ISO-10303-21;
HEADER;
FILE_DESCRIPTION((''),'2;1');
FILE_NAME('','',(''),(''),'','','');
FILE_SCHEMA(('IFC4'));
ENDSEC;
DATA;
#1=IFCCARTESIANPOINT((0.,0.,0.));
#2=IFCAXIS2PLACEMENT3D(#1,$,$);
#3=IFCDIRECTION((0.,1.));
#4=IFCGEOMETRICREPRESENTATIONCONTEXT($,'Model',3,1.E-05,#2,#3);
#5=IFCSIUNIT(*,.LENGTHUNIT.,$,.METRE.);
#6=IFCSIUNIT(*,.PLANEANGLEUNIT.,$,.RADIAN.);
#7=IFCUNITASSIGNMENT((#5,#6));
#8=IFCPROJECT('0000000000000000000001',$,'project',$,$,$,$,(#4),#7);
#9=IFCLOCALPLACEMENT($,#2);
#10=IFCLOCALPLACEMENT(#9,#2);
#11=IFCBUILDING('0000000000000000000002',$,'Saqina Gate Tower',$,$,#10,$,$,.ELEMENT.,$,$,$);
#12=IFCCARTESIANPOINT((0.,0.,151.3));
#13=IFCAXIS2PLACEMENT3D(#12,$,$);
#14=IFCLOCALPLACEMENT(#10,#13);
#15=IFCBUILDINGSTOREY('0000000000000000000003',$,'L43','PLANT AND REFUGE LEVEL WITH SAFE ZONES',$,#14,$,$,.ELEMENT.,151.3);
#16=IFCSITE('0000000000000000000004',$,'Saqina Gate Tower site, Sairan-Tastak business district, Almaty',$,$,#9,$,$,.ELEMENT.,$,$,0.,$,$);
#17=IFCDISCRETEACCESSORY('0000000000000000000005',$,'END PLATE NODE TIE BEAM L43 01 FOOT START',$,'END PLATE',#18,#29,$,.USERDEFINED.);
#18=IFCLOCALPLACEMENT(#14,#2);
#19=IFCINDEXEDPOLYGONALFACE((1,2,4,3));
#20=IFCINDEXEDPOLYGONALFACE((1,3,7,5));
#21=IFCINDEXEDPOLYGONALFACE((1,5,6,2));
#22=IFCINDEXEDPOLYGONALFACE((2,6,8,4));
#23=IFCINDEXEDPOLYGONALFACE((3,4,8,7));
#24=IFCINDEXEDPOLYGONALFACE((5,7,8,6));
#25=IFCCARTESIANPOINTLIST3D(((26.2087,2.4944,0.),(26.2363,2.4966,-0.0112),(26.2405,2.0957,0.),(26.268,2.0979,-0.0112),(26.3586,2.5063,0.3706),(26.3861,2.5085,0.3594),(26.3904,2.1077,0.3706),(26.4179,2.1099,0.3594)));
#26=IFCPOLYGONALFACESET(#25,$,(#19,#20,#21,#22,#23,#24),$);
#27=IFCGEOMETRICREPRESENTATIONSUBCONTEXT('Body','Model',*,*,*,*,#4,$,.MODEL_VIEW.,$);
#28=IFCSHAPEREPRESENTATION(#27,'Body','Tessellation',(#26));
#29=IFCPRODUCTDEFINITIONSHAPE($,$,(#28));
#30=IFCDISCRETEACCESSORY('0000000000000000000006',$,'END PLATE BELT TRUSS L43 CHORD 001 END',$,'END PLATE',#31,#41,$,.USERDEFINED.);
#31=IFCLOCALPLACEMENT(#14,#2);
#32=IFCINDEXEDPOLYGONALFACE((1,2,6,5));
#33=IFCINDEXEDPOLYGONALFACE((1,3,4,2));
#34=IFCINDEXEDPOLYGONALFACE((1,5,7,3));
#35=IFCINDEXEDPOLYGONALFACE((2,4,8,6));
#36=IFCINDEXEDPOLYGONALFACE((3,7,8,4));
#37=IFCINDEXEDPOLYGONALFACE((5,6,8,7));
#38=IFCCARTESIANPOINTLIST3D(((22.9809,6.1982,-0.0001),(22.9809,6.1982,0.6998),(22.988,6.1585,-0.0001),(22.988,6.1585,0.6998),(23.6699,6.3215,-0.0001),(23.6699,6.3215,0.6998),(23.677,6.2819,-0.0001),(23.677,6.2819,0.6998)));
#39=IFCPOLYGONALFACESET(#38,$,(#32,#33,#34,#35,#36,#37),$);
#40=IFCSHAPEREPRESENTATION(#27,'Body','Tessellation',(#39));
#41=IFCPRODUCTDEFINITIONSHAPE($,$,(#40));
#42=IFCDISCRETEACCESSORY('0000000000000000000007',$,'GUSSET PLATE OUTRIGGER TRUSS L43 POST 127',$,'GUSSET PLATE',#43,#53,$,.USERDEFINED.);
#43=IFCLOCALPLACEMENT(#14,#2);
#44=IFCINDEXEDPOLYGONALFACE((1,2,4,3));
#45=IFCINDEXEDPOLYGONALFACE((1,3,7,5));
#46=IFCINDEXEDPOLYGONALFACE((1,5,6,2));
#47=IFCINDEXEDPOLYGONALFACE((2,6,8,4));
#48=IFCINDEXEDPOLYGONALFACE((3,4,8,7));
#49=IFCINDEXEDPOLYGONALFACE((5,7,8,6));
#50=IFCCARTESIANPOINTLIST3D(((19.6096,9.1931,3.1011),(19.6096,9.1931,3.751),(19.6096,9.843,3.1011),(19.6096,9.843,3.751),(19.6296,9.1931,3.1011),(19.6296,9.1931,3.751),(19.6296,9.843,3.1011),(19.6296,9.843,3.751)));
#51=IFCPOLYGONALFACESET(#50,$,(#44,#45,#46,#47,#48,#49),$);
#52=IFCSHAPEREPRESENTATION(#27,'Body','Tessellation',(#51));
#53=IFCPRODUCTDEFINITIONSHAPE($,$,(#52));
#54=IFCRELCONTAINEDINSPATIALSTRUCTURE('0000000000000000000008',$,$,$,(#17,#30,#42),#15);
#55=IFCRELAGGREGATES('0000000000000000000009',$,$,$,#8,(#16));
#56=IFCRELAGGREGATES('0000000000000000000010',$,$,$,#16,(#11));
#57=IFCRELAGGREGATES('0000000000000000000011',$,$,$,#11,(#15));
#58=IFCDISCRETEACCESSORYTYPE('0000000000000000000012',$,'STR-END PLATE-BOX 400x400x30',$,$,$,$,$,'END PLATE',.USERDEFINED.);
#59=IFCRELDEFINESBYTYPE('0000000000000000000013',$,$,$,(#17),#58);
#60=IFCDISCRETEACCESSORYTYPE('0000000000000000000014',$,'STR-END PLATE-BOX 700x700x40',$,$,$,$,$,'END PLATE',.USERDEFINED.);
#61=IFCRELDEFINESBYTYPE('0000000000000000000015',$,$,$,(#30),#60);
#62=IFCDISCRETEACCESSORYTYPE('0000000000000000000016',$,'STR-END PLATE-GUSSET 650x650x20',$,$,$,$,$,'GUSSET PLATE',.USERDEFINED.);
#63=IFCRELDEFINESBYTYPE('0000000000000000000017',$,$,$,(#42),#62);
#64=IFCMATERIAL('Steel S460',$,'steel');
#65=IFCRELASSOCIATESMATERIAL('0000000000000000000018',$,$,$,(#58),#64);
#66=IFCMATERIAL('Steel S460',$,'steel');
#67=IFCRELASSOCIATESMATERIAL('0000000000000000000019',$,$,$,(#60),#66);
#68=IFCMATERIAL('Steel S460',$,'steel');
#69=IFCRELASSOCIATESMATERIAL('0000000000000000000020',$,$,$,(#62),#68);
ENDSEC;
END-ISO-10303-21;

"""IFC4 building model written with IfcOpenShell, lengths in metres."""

from ifc_helpers import new_model, si_unit, direction, frame, origin, origin_2d, place, context, subcontext, project, spatial, rectangle, extrude, material, material_profile, profile_set, type_object, element, save


model = new_model("IFC4")

# Units and contexts
model_context = context("Model", 3, precision=1e-05, world=origin(), true_north=direction((0.0, 1.0)))
body_context = subcontext(model_context, "Body", "Model", "MODEL_VIEW")
ifc_project = project(units=[si_unit("LENGTHUNIT", "METRE"), si_unit("PLANEANGLEUNIT", "RADIAN")], contexts=[model_context])

# Site, building, storey
site_placement = place(None, origin())
site = spatial("IfcSite", under=ifc_project, at=site_placement, Name="Saqina Gate Tower site, Sairan-Tastak business district, Almaty", CompositionType="ELEMENT", RefElevation=0.0)
building_placement = place(site_placement, origin())
building = spatial("IfcBuilding", under=site, at=building_placement, Name="Saqina Gate Tower", CompositionType="ELEMENT")
storey_placement = place(building_placement, frame((0.0, 0.0, 151.3)))
storey = spatial("IfcBuildingStorey", under=building, at=storey_placement, Name="L43", Description="PLANT AND REFUGE LEVEL WITH SAFE ZONES", CompositionType="ELEMENT", Elevation=151.3)

# Discrete accessories
ifc_material_1 = material(Name="Steel S460", Category="steel")
ifc_material_profile_1 = material_profile(ifc_material_1, rectangle(XDim=0.3999, YDim=0.3999, at=origin_2d()), Name="STR-END PLATE-BOX 400x400x30")
ifc_profile_set_1 = profile_set([ifc_material_profile_1], Name="Steel S460")
discrete_accessory_type_1 = type_object("IfcDiscreteAccessoryType", Name="STR-END PLATE-BOX 400x400x30", ElementType="END PLATE", PredefinedType="USERDEFINED", material=ifc_profile_set_1)
discrete_accessory_1_placement = place(storey_placement, frame((26.2996, 2.301, 0.1853), z_axis=(0.923689, 0.073568, -0.376015), x_axis=(0.079395, -0.996843, 0.0)))
element("IfcDiscreteAccessory", 1, at=discrete_accessory_1_placement, inside=storey, type_object=discrete_accessory_type_1, Name="END PLATE NODE TIE BEAM L43 01 FOOT START", ObjectType="END PLATE", PredefinedType="USERDEFINED", context=body_context, shape_type="SweptSolid", body=[
    extrude(rectangle(XDim=0.3999, YDim=0.3999, at=origin_2d()), origin(), (0.0, 0.0, 1.0), 0.0298),
])
ifc_material_2 = material(Name="Steel S460", Category="steel")
ifc_material_profile_2 = material_profile(ifc_material_2, rectangle(XDim=0.7, YDim=0.7, at=origin_2d()), Name="STR-END PLATE-BOX 700x700x40")
ifc_profile_set_2 = profile_set([ifc_material_profile_2], Name="Steel S460")
discrete_accessory_type_2 = type_object("IfcDiscreteAccessoryType", Name="STR-END PLATE-BOX 700x700x40", ElementType="END PLATE", PredefinedType="USERDEFINED", material=ifc_profile_set_2)
discrete_accessory_2_placement = place(storey_placement, frame((23.3325, 6.2202, 0.3499), z_axis=(-0.176211, 0.984352, 0.0), x_axis=(-0.984352, -0.176211, 0.0)))
element("IfcDiscreteAccessory", 2, at=discrete_accessory_2_placement, inside=storey, type_object=discrete_accessory_type_2, Name="END PLATE BELT TRUSS L43 CHORD 001 END", ObjectType="END PLATE", PredefinedType="USERDEFINED", context=body_context, shape_type="SweptSolid", body=[
    extrude(rectangle(XDim=0.7, YDim=0.7, at=origin_2d()), origin(), (0.0, 0.0, 1.0), 0.0403),
])
ifc_material_3 = material(Name="Steel S460", Category="steel")
ifc_material_profile_3 = material_profile(ifc_material_3, rectangle(XDim=0.6499, YDim=0.6499, at=origin_2d()), Name="STR-END PLATE-GUSSET 650x650x20")
ifc_profile_set_3 = profile_set([ifc_material_profile_3], Name="Steel S460")
discrete_accessory_type_3 = type_object("IfcDiscreteAccessoryType", Name="STR-END PLATE-GUSSET 650x650x20", ElementType="GUSSET PLATE", PredefinedType="USERDEFINED", material=ifc_profile_set_3)
discrete_accessory_3_placement = place(storey_placement, frame((19.6296, 9.5181, 3.426), z_axis=(-1.0, 0.0, 0.0), x_axis=(0.0, -1.0, 0.0)))
element("IfcDiscreteAccessory", 3, at=discrete_accessory_3_placement, inside=storey, type_object=discrete_accessory_type_3, Name="GUSSET PLATE OUTRIGGER TRUSS L43 POST 127", ObjectType="GUSSET PLATE", PredefinedType="USERDEFINED", context=body_context, shape_type="SweptSolid", body=[
    extrude(rectangle(XDim=0.6499, YDim=0.6499, at=origin_2d()), origin(), (0.0, 0.0, 1.0), 0.02),
])

save(model, "model.ifc")
